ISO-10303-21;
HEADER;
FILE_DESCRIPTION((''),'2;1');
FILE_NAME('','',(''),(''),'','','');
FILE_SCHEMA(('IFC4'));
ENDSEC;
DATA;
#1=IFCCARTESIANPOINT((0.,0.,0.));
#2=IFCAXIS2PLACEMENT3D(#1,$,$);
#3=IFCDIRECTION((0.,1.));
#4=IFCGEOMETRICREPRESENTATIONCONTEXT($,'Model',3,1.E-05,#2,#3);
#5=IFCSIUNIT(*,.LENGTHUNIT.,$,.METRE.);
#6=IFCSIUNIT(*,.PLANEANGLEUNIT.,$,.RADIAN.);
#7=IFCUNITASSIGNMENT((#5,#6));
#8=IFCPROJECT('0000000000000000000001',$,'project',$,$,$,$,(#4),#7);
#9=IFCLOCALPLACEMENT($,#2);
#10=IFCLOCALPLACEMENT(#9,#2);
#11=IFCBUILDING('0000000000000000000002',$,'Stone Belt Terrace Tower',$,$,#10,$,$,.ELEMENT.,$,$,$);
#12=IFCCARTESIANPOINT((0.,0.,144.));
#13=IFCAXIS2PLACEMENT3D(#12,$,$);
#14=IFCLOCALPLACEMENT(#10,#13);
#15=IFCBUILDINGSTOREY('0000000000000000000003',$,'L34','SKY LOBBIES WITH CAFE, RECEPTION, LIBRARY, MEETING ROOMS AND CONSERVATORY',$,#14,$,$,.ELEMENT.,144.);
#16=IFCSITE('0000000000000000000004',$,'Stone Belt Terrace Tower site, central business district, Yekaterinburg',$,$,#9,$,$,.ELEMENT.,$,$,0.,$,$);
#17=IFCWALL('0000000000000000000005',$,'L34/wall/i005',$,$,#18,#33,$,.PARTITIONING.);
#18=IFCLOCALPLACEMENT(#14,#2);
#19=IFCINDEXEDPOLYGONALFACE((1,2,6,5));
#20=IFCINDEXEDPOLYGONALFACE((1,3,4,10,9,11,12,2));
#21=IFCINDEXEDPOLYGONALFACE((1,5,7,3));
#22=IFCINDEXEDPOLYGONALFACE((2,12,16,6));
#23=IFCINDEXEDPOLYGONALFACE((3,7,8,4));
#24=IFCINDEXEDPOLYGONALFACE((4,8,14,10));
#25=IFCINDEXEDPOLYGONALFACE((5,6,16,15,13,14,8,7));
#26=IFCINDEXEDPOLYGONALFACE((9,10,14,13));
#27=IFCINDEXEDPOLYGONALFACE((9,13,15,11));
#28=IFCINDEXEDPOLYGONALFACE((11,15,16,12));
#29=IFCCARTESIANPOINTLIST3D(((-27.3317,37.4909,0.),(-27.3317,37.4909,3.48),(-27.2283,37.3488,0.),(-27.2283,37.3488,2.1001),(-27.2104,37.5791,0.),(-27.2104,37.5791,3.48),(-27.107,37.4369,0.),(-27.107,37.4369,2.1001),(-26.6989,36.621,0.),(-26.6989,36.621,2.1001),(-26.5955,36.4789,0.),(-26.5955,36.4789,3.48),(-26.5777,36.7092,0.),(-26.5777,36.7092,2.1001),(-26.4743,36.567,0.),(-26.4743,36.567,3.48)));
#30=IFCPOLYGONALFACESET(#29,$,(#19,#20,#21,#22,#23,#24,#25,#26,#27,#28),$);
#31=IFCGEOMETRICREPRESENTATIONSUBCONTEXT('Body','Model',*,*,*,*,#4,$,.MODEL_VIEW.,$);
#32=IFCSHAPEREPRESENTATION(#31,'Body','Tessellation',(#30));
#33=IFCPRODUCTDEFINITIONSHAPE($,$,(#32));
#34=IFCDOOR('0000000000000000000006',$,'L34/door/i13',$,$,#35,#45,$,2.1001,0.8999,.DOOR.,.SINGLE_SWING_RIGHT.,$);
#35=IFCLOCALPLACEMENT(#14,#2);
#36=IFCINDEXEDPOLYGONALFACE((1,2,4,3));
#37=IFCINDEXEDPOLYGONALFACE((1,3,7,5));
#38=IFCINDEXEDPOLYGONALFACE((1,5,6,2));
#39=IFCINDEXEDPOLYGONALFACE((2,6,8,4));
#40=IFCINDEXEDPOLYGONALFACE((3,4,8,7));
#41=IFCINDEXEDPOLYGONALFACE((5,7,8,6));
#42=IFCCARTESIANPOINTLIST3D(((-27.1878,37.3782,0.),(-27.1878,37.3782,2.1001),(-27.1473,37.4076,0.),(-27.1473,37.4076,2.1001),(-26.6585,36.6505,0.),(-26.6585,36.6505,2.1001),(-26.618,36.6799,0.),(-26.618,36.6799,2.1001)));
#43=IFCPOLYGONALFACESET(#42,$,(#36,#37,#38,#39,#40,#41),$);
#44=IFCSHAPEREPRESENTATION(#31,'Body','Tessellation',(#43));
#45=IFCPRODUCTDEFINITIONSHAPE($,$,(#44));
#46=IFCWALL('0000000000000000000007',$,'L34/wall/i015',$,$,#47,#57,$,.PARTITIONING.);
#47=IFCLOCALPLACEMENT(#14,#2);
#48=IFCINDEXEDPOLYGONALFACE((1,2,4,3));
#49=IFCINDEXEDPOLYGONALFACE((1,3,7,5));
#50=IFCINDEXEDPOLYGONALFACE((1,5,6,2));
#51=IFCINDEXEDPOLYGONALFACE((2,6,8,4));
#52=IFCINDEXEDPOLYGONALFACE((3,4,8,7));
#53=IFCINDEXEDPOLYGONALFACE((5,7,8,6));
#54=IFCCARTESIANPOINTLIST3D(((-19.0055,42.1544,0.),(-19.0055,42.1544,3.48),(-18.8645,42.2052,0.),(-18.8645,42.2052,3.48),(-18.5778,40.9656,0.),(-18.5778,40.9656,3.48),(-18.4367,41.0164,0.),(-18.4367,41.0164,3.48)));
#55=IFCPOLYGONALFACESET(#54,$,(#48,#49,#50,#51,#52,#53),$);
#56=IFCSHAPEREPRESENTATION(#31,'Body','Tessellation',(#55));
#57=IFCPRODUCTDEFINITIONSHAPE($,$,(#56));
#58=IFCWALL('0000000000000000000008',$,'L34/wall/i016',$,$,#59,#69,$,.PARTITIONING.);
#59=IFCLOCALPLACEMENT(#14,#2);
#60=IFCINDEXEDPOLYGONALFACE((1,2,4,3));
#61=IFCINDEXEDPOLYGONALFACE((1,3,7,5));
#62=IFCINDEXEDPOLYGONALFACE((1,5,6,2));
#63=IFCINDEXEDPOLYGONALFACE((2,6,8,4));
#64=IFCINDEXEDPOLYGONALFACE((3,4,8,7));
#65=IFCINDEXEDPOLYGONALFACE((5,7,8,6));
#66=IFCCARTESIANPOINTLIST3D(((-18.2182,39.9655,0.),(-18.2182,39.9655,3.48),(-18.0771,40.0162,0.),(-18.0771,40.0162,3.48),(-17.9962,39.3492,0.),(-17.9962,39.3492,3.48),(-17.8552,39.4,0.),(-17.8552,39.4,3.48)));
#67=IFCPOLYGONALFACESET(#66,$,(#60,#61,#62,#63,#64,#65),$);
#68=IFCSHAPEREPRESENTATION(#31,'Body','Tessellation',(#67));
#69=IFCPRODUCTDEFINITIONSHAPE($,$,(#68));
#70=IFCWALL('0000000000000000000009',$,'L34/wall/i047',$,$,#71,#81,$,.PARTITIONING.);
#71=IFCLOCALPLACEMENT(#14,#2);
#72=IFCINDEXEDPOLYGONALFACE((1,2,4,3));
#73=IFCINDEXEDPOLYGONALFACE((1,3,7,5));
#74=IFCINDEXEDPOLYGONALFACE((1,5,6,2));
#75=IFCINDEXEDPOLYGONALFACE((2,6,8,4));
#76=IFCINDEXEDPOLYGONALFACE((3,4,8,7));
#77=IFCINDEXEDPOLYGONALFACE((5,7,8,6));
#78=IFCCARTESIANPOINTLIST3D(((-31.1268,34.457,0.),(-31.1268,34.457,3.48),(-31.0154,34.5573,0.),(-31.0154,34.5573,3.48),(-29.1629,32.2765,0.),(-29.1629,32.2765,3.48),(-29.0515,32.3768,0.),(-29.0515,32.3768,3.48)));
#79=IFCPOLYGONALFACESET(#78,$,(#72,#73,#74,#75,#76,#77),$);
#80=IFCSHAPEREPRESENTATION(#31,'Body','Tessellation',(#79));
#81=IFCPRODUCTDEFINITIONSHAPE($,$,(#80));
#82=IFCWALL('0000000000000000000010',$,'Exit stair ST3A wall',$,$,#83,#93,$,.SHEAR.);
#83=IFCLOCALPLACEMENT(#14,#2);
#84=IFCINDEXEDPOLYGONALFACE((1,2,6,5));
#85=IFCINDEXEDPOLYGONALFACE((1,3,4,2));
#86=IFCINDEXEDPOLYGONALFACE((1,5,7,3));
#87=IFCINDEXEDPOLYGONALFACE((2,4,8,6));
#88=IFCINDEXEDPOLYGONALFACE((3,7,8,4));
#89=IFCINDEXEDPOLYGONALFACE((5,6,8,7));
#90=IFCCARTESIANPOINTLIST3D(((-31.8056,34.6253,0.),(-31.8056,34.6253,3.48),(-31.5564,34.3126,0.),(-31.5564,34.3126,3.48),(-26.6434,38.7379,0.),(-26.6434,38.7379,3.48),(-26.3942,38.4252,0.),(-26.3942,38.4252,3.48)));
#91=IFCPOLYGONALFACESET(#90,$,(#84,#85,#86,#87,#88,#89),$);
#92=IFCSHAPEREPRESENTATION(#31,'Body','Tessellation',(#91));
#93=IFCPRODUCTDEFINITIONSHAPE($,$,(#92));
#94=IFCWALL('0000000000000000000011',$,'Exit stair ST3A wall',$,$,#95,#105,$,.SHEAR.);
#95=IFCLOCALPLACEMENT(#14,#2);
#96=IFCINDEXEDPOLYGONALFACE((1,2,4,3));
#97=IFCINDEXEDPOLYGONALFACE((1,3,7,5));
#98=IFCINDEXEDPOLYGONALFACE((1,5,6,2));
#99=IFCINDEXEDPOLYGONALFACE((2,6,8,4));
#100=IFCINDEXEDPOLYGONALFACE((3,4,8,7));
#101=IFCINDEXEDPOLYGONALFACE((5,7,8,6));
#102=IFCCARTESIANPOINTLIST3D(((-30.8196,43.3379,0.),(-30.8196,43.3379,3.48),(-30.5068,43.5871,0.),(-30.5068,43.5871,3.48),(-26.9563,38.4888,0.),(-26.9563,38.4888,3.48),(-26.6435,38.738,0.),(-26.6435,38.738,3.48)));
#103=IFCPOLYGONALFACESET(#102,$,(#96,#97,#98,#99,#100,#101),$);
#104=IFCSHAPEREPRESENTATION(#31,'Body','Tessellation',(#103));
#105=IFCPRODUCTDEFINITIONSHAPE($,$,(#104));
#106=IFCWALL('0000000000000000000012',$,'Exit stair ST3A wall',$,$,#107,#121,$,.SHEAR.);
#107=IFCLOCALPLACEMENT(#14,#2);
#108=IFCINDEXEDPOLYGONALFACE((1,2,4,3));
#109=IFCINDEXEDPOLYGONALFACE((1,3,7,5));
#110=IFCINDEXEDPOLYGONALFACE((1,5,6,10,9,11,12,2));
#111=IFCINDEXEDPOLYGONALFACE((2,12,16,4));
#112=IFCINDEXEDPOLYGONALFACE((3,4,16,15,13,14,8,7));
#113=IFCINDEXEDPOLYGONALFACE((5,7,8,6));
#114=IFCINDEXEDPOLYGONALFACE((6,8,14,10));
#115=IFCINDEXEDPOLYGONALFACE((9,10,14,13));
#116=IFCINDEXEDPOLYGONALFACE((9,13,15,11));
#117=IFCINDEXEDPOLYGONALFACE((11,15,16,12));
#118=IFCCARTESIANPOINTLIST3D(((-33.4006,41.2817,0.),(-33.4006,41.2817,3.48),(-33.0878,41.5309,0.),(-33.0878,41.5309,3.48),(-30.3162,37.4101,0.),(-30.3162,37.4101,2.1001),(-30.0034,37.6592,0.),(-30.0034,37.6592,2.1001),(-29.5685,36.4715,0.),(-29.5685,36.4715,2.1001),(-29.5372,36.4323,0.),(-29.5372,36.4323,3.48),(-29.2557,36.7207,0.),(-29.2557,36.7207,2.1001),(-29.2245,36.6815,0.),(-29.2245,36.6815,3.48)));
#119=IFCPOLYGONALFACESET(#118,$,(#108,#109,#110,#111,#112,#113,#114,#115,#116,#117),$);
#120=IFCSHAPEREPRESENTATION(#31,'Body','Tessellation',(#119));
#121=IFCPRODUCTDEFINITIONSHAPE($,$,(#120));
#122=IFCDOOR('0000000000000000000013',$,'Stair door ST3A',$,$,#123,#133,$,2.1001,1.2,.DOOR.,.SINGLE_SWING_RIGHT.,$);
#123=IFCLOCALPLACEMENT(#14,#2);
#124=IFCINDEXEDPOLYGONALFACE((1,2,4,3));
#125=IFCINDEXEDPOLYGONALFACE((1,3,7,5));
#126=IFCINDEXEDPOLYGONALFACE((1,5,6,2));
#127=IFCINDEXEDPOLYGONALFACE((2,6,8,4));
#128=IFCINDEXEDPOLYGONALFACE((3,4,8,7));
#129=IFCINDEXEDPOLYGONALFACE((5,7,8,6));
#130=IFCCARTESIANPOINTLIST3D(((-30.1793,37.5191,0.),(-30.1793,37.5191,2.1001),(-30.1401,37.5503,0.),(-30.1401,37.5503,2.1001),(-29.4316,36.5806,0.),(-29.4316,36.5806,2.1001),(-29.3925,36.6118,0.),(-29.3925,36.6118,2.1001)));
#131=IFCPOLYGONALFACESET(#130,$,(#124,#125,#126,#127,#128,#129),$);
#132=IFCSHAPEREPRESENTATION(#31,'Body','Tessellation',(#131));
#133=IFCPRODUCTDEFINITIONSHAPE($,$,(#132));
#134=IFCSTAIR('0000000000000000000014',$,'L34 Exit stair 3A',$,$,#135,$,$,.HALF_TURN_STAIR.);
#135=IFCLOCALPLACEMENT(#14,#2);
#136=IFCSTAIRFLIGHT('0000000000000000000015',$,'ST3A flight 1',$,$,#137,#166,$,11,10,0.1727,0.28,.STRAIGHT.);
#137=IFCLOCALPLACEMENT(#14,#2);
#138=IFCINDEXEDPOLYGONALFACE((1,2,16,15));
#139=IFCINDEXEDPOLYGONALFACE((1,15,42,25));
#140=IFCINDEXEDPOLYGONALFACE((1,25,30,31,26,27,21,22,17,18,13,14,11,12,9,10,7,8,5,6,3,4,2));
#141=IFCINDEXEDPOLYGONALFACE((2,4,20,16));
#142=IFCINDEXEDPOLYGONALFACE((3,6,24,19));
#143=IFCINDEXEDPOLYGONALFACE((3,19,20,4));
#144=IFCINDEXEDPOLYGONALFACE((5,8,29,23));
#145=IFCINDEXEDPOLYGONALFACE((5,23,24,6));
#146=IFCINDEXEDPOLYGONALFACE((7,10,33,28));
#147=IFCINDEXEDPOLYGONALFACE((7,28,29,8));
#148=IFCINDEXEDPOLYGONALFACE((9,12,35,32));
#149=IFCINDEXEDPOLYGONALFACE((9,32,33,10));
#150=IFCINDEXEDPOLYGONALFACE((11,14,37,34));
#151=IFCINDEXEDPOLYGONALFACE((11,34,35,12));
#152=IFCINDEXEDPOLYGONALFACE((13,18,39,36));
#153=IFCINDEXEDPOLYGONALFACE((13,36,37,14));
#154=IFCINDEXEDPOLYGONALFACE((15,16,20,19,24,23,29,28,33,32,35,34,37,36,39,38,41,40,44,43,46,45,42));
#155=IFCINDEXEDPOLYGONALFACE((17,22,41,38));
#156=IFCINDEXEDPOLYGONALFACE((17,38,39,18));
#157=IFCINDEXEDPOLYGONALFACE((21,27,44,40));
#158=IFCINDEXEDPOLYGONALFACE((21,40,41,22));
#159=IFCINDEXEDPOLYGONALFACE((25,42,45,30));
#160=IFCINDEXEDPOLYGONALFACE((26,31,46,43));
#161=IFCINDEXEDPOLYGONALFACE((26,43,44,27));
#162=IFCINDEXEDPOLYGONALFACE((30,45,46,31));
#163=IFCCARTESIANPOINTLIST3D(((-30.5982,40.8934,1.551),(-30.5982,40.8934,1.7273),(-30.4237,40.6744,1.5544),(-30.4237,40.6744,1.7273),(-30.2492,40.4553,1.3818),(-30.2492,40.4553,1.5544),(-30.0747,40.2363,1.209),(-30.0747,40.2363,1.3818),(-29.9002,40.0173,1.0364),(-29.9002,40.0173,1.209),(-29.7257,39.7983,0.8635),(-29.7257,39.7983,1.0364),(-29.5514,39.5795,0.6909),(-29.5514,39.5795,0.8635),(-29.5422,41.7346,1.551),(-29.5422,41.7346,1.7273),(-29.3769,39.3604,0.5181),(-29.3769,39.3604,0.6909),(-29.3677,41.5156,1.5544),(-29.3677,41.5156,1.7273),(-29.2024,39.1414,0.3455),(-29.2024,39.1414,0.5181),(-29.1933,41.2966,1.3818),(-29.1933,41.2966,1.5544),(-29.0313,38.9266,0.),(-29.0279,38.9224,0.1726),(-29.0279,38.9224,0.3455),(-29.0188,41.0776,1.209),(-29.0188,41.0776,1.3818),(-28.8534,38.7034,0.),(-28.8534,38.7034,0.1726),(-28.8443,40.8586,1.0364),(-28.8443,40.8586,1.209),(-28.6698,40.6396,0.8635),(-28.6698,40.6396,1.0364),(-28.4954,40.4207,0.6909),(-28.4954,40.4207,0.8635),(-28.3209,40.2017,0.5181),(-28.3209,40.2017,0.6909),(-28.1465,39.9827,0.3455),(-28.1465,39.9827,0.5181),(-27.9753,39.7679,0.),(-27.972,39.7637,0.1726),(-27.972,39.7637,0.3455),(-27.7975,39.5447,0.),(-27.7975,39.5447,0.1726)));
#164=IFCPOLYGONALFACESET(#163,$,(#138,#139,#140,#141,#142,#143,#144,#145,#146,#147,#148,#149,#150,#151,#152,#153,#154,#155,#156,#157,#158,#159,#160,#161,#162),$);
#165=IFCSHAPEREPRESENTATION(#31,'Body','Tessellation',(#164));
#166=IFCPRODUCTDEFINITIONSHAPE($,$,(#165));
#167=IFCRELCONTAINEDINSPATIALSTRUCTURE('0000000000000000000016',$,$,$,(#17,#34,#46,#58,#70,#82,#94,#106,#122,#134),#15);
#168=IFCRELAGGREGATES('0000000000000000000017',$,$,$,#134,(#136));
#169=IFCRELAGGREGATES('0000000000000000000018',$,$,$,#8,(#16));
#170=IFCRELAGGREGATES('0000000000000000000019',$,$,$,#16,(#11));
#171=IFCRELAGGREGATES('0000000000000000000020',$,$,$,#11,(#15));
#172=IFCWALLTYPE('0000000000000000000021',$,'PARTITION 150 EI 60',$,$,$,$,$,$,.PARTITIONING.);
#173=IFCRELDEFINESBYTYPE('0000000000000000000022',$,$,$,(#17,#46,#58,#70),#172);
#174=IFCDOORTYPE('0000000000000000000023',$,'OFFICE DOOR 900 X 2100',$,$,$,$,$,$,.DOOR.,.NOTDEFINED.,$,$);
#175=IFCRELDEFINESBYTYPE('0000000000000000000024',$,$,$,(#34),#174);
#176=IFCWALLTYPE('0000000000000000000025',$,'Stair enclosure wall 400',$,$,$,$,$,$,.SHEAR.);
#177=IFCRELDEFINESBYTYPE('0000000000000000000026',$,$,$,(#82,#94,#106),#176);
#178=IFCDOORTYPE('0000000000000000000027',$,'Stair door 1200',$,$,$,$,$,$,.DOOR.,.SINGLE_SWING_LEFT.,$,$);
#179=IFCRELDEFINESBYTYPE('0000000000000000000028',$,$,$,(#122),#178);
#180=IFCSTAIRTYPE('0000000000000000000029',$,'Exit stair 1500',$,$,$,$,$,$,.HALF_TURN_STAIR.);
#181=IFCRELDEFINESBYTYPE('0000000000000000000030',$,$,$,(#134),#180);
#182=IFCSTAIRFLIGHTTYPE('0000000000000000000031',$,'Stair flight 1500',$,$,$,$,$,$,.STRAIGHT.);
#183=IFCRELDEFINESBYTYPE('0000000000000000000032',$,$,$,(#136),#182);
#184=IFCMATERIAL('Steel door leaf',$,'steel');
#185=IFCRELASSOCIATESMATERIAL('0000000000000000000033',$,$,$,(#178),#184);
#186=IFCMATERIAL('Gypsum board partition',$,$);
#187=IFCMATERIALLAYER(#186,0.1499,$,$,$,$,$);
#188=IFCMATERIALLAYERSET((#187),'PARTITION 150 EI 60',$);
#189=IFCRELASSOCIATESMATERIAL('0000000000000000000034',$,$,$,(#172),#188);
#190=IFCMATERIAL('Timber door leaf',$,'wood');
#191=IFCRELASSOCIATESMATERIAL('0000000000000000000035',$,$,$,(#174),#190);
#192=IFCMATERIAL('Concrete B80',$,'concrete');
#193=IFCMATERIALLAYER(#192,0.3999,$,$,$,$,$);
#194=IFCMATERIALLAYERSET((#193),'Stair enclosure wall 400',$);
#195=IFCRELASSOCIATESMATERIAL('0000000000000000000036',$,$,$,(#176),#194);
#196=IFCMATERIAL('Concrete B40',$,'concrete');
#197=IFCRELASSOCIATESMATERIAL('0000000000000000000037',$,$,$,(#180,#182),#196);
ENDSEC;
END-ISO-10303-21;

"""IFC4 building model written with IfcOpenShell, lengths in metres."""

from ifc_helpers import new_model, si_unit, direction, frame, frame_2d, origin, place, context, subcontext, project, spatial, polyline, rectangle, outline, extrude, material, layer, layer_set, type_object, element, fill, aggregate, save


model = new_model("IFC4")

# Units and contexts
model_context = context("Model", 3, precision=1e-05, world=origin(), true_north=direction((0.0, 1.0)))
body_context = subcontext(model_context, "Body", "Model", "MODEL_VIEW")
ifc_project = project(units=[si_unit("LENGTHUNIT", "METRE"), si_unit("PLANEANGLEUNIT", "RADIAN")], contexts=[model_context])

# Site, building, storey
site_placement = place(None, origin())
site = spatial("IfcSite", under=ifc_project, at=site_placement, Name="Stone Belt Terrace Tower site, central business district, Yekaterinburg", CompositionType="ELEMENT", RefElevation=0.0)
building_placement = place(site_placement, origin())
building = spatial("IfcBuilding", under=site, at=building_placement, Name="Stone Belt Terrace Tower", CompositionType="ELEMENT")
storey_placement = place(building_placement, frame((0.0, 0.0, 144.0)))
storey = spatial("IfcBuildingStorey", under=building, at=storey_placement, Name="L34", Description="SKY LOBBIES WITH CAFE, RECEPTION, LIBRARY, MEETING ROOMS AND CONSERVATORY", CompositionType="ELEMENT", Elevation=144.0)

# Shared definitions
ifc_material_1 = material(Name="Concrete B80", Category="concrete")

# Shared definitions
ifc_material_2 = material(Name="Concrete B40", Category="concrete")

# Shared definitions
ifc_material_3 = material(Name="Timber door leaf", Category="wood")
ifc_material_4 = material(Name="Steel door leaf", Category="steel")
door_type_1 = type_object("IfcDoorType", Name="Stair door 1200", OperationType="SINGLE_SWING_LEFT", PredefinedType="DOOR", material=ifc_material_4)

# Shared definitions
ifc_material_5 = material(Name="Gypsum board partition")
ifc_layer_1 = layer(ifc_material_5, 0.1499)
ifc_layer_set_1 = layer_set([ifc_layer_1], Name="PARTITION 150 EI 60")
wall_type_1 = type_object("IfcWallType", Name="PARTITION 150 EI 60", PredefinedType="PARTITIONING", material=ifc_layer_set_1)

# Wall, opening, door
wall_1_placement = place(storey_placement, frame((-26.5349, 36.5229, 0.0), z_axis=(0.0, 0.0, 1.0), x_axis=(-0.58823, 0.808694, 0.0)))
wall_1 = element("IfcWall", 1, at=wall_1_placement, inside=storey, type_object=wall_type_1, Name="L34/wall/i005", PredefinedType="PARTITIONING", context=body_context, shape_type="SweptSolid", body=[
    extrude(rectangle(XDim=1.2515, YDim=0.1499, at=frame_2d((0.6257, 0.0))), origin(), (0.0, 0.0, 1.0), 3.48),
])
opening_1_placement = place(wall_1_placement, frame((0.1758, 0.0, 0.0)))
opening_1 = element("IfcOpeningElement", 2, at=opening_1_placement, cuts=wall_1, PredefinedType="OPENING", context=body_context, shape_type="SweptSolid", body=[
    extrude(rectangle(XDim=0.8999, YDim=2.1001, at=frame_2d((0.45, 1.05))), frame((0.0, 0.085, 0.0), z_axis=(0.0, -1.0, 0.0), x_axis=(1.0, 0.0, 0.0)), (0.0, 0.0, 1.0), 0.1699),
])
door_type_2 = type_object("IfcDoorType", Name="OFFICE DOOR 900 X 2100", OperationType="NOTDEFINED", PredefinedType="DOOR", material=ifc_material_3)
door_1_placement = place(opening_1_placement, origin())
door_1 = element("IfcDoor", 3, at=door_1_placement, inside=storey, type_object=door_type_2, Name="L34/door/i13", OperationType="SINGLE_SWING_RIGHT", OverallHeight=2.1001, OverallWidth=0.8999, PredefinedType="DOOR", context=body_context, shape_type="SweptSolid", body=[
    extrude(rectangle(XDim=0.8999, YDim=2.1001, at=frame_2d((0.45, 1.05))), frame((0.0, 0.0249, 0.0), z_axis=(0.0, -1.0, 0.0), x_axis=(1.0, 0.0, 0.0)), (0.0, 0.0, 1.0), 0.05),
])
fill(opening_1, door_1)

# Walls
wall_2_placement = place(storey_placement, frame((-18.9351, 42.1799, 0.0), z_axis=(0.0, 0.0, 1.0), x_axis=(0.338576, -0.940939, 0.0)))
element("IfcWall", 4, at=wall_2_placement, inside=storey, type_object=wall_type_1, Name="L34/wall/i015", PredefinedType="PARTITIONING", context=body_context, shape_type="SweptSolid", body=[
    extrude(rectangle(XDim=1.2634, YDim=0.1499, at=frame_2d((0.6318, 0.0))), origin(), (0.0, 0.0, 1.0), 3.48),
])
wall_3_placement = place(storey_placement, frame((-18.1477, 39.991, 0.0), z_axis=(0.0, 0.0, 1.0), x_axis=(0.338838, -0.940845, 0.0)))
element("IfcWall", 5, at=wall_3_placement, inside=storey, type_object=wall_type_1, Name="L34/wall/i016", PredefinedType="PARTITIONING", context=body_context, shape_type="SweptSolid", body=[
    extrude(rectangle(XDim=0.655, YDim=0.1499, at=frame_2d((0.3276, 0.0))), origin(), (0.0, 0.0, 1.0), 3.48),
])
wall_4_placement = place(storey_placement, frame((-29.1072, 32.3267, 0.0), z_axis=(0.0, 0.0, 1.0), x_axis=(-0.669245, 0.743042, 0.0)))
element("IfcWall", 6, at=wall_4_placement, inside=storey, type_object=wall_type_1, Name="L34/wall/i047", PredefinedType="PARTITIONING", context=body_context, shape_type="SweptSolid", body=[
    extrude(rectangle(XDim=2.9346, YDim=0.1499, at=frame_2d((1.4673, 0.0))), origin(), (0.0, 0.0, 1.0), 3.48),
])
ifc_layer_2 = layer(ifc_material_1, 0.3999)
ifc_layer_set_2 = layer_set([ifc_layer_2], Name="Stair enclosure wall 400")
wall_type_2 = type_object("IfcWallType", Name="Stair enclosure wall 400", PredefinedType="SHEAR", material=ifc_layer_set_2)
wall_5_placement = place(storey_placement, frame((-26.5188, 38.5815, 0.0), z_axis=(0.0, 0.0, 1.0), x_axis=(-0.782134, -0.62311, 0.0)))
element("IfcWall", 7, at=wall_5_placement, inside=storey, type_object=wall_type_2, Name="Exit stair ST3A wall", PredefinedType="SHEAR", context=body_context, shape_type="SweptSolid", body=[
    extrude(rectangle(XDim=6.6001, YDim=0.3999, at=frame_2d((3.3, 0.0))), origin(), (0.0, 0.0, 1.0), 3.48),
])
wall_6_placement = place(storey_placement, frame((-26.7998, 38.6133, 0.0), z_axis=(0.0, 0.0, 1.0), x_axis=(-0.623119, 0.782127, 0.0)))
element("IfcWall", 8, at=wall_6_placement, inside=storey, type_object=wall_type_2, Name="Exit stair ST3A wall", PredefinedType="SHEAR", context=body_context, shape_type="SweptSolid", body=[
    extrude(rectangle(XDim=6.2, YDim=0.3999, at=frame_2d((3.1001, 0.0))), origin(), (0.0, 0.0, 1.0), 3.48),
])

# Wall, opening, door
wall_7_placement = place(storey_placement, frame((-29.3809, 36.5569, 0.0), z_axis=(0.0, 0.0, 1.0), x_axis=(-0.623099, 0.782143, 0.0)))
wall_7 = element("IfcWall", 9, at=wall_7_placement, inside=storey, type_object=wall_type_2, Name="Exit stair ST3A wall", PredefinedType="SHEAR", context=body_context, shape_type="SweptSolid", body=[
    extrude(rectangle(XDim=6.2002, YDim=0.3999, at=frame_2d((3.1001, 0.0))), origin(), (0.0, 0.0, 1.0), 3.48),
])
opening_2_placement = place(wall_7_placement, frame((0.05, 0.0, 0.0)))
opening_2 = element("IfcOpeningElement", 10, at=opening_2_placement, cuts=wall_7, PredefinedType="OPENING", context=body_context, shape_type="SweptSolid", body=[
    extrude(rectangle(XDim=1.2, YDim=2.1001, at=frame_2d((0.6001, 1.05))), frame((0.0, 0.21, 0.0), z_axis=(0.0, -1.0, 0.0), x_axis=(1.0, 0.0, 0.0)), (0.0, 0.0, 1.0), 0.4199),
])
door_2_placement = place(opening_2_placement, origin())
door_2 = element("IfcDoor", 11, at=door_2_placement, inside=storey, type_object=door_type_1, Name="Stair door ST3A", OperationType="SINGLE_SWING_RIGHT", OverallHeight=2.1001, OverallWidth=1.2, PredefinedType="DOOR", context=body_context, shape_type="SweptSolid", body=[
    extrude(rectangle(XDim=1.2, YDim=2.1001, at=frame_2d((0.6001, 1.05))), frame((0.0, 0.0249, 0.0), z_axis=(0.0, -1.0, 0.0), x_axis=(1.0, 0.0, 0.0)), (0.0, 0.0, 1.0), 0.05),
])
fill(opening_2, door_2)

# Stair, stair flight
stair_type = type_object("IfcStairType", Name="Exit stair 1500", PredefinedType="HALF_TURN_STAIR", material=ifc_material_2)
stair_placement = place(storey_placement, origin())
stair = element("IfcStair", 12, at=stair_placement, inside=storey, type_object=stair_type, Name="L34 Exit stair 3A", PredefinedType="HALF_TURN_STAIR")
stair_flight_type = type_object("IfcStairFlightType", Name="Stair flight 1500", PredefinedType="STRAIGHT", material=ifc_material_2)
stair_flight_placement = place(storey_placement, frame((-28.3254, 39.124, 0.0), z_axis=(0.0, 0.0, 1.0), x_axis=(-0.623121, 0.782125, 0.0)))
stair_flight = element("IfcStairFlight", 13, at=stair_flight_placement, type_object=stair_flight_type, Name="ST3A flight 1", NumberOfRisers=11, NumberOfTreads=10, PredefinedType="STRAIGHT", RiserHeight=0.1727, TreadLength=0.28, context=body_context, shape_type="SweptSolid", body=[
    extrude(outline(polyline([(0.0, 0.0), (0.0, 0.1726), (0.28, 0.1726), (0.28, 0.3455), (0.5601, 0.3455), (0.5601, 0.5181), (0.8401, 0.5181), (0.8401, 0.6909), (1.1201, 0.6909), (1.1201, 0.8635), (1.3999, 0.8635), (1.3999, 1.0364), (1.6799, 1.0364), (1.6799, 1.209), (1.96, 1.209), (1.96, 1.3818), (2.24, 1.3818), (2.24, 1.5544), (2.52, 1.5544), (2.52, 1.7273), (2.8, 1.7273), (2.8, 1.8999), (2.8, 1.551), (0.2854, 0.0), (0.0, 0.0)])), frame((0.0, 0.675, 0.0), z_axis=(0.0, -1.0, 0.0), x_axis=(1.0, 0.0, 0.0)), (0.0, 0.0, 1.0), 1.3501),
])
aggregate(stair, [stair_flight])

save(model, "model.ifc")
